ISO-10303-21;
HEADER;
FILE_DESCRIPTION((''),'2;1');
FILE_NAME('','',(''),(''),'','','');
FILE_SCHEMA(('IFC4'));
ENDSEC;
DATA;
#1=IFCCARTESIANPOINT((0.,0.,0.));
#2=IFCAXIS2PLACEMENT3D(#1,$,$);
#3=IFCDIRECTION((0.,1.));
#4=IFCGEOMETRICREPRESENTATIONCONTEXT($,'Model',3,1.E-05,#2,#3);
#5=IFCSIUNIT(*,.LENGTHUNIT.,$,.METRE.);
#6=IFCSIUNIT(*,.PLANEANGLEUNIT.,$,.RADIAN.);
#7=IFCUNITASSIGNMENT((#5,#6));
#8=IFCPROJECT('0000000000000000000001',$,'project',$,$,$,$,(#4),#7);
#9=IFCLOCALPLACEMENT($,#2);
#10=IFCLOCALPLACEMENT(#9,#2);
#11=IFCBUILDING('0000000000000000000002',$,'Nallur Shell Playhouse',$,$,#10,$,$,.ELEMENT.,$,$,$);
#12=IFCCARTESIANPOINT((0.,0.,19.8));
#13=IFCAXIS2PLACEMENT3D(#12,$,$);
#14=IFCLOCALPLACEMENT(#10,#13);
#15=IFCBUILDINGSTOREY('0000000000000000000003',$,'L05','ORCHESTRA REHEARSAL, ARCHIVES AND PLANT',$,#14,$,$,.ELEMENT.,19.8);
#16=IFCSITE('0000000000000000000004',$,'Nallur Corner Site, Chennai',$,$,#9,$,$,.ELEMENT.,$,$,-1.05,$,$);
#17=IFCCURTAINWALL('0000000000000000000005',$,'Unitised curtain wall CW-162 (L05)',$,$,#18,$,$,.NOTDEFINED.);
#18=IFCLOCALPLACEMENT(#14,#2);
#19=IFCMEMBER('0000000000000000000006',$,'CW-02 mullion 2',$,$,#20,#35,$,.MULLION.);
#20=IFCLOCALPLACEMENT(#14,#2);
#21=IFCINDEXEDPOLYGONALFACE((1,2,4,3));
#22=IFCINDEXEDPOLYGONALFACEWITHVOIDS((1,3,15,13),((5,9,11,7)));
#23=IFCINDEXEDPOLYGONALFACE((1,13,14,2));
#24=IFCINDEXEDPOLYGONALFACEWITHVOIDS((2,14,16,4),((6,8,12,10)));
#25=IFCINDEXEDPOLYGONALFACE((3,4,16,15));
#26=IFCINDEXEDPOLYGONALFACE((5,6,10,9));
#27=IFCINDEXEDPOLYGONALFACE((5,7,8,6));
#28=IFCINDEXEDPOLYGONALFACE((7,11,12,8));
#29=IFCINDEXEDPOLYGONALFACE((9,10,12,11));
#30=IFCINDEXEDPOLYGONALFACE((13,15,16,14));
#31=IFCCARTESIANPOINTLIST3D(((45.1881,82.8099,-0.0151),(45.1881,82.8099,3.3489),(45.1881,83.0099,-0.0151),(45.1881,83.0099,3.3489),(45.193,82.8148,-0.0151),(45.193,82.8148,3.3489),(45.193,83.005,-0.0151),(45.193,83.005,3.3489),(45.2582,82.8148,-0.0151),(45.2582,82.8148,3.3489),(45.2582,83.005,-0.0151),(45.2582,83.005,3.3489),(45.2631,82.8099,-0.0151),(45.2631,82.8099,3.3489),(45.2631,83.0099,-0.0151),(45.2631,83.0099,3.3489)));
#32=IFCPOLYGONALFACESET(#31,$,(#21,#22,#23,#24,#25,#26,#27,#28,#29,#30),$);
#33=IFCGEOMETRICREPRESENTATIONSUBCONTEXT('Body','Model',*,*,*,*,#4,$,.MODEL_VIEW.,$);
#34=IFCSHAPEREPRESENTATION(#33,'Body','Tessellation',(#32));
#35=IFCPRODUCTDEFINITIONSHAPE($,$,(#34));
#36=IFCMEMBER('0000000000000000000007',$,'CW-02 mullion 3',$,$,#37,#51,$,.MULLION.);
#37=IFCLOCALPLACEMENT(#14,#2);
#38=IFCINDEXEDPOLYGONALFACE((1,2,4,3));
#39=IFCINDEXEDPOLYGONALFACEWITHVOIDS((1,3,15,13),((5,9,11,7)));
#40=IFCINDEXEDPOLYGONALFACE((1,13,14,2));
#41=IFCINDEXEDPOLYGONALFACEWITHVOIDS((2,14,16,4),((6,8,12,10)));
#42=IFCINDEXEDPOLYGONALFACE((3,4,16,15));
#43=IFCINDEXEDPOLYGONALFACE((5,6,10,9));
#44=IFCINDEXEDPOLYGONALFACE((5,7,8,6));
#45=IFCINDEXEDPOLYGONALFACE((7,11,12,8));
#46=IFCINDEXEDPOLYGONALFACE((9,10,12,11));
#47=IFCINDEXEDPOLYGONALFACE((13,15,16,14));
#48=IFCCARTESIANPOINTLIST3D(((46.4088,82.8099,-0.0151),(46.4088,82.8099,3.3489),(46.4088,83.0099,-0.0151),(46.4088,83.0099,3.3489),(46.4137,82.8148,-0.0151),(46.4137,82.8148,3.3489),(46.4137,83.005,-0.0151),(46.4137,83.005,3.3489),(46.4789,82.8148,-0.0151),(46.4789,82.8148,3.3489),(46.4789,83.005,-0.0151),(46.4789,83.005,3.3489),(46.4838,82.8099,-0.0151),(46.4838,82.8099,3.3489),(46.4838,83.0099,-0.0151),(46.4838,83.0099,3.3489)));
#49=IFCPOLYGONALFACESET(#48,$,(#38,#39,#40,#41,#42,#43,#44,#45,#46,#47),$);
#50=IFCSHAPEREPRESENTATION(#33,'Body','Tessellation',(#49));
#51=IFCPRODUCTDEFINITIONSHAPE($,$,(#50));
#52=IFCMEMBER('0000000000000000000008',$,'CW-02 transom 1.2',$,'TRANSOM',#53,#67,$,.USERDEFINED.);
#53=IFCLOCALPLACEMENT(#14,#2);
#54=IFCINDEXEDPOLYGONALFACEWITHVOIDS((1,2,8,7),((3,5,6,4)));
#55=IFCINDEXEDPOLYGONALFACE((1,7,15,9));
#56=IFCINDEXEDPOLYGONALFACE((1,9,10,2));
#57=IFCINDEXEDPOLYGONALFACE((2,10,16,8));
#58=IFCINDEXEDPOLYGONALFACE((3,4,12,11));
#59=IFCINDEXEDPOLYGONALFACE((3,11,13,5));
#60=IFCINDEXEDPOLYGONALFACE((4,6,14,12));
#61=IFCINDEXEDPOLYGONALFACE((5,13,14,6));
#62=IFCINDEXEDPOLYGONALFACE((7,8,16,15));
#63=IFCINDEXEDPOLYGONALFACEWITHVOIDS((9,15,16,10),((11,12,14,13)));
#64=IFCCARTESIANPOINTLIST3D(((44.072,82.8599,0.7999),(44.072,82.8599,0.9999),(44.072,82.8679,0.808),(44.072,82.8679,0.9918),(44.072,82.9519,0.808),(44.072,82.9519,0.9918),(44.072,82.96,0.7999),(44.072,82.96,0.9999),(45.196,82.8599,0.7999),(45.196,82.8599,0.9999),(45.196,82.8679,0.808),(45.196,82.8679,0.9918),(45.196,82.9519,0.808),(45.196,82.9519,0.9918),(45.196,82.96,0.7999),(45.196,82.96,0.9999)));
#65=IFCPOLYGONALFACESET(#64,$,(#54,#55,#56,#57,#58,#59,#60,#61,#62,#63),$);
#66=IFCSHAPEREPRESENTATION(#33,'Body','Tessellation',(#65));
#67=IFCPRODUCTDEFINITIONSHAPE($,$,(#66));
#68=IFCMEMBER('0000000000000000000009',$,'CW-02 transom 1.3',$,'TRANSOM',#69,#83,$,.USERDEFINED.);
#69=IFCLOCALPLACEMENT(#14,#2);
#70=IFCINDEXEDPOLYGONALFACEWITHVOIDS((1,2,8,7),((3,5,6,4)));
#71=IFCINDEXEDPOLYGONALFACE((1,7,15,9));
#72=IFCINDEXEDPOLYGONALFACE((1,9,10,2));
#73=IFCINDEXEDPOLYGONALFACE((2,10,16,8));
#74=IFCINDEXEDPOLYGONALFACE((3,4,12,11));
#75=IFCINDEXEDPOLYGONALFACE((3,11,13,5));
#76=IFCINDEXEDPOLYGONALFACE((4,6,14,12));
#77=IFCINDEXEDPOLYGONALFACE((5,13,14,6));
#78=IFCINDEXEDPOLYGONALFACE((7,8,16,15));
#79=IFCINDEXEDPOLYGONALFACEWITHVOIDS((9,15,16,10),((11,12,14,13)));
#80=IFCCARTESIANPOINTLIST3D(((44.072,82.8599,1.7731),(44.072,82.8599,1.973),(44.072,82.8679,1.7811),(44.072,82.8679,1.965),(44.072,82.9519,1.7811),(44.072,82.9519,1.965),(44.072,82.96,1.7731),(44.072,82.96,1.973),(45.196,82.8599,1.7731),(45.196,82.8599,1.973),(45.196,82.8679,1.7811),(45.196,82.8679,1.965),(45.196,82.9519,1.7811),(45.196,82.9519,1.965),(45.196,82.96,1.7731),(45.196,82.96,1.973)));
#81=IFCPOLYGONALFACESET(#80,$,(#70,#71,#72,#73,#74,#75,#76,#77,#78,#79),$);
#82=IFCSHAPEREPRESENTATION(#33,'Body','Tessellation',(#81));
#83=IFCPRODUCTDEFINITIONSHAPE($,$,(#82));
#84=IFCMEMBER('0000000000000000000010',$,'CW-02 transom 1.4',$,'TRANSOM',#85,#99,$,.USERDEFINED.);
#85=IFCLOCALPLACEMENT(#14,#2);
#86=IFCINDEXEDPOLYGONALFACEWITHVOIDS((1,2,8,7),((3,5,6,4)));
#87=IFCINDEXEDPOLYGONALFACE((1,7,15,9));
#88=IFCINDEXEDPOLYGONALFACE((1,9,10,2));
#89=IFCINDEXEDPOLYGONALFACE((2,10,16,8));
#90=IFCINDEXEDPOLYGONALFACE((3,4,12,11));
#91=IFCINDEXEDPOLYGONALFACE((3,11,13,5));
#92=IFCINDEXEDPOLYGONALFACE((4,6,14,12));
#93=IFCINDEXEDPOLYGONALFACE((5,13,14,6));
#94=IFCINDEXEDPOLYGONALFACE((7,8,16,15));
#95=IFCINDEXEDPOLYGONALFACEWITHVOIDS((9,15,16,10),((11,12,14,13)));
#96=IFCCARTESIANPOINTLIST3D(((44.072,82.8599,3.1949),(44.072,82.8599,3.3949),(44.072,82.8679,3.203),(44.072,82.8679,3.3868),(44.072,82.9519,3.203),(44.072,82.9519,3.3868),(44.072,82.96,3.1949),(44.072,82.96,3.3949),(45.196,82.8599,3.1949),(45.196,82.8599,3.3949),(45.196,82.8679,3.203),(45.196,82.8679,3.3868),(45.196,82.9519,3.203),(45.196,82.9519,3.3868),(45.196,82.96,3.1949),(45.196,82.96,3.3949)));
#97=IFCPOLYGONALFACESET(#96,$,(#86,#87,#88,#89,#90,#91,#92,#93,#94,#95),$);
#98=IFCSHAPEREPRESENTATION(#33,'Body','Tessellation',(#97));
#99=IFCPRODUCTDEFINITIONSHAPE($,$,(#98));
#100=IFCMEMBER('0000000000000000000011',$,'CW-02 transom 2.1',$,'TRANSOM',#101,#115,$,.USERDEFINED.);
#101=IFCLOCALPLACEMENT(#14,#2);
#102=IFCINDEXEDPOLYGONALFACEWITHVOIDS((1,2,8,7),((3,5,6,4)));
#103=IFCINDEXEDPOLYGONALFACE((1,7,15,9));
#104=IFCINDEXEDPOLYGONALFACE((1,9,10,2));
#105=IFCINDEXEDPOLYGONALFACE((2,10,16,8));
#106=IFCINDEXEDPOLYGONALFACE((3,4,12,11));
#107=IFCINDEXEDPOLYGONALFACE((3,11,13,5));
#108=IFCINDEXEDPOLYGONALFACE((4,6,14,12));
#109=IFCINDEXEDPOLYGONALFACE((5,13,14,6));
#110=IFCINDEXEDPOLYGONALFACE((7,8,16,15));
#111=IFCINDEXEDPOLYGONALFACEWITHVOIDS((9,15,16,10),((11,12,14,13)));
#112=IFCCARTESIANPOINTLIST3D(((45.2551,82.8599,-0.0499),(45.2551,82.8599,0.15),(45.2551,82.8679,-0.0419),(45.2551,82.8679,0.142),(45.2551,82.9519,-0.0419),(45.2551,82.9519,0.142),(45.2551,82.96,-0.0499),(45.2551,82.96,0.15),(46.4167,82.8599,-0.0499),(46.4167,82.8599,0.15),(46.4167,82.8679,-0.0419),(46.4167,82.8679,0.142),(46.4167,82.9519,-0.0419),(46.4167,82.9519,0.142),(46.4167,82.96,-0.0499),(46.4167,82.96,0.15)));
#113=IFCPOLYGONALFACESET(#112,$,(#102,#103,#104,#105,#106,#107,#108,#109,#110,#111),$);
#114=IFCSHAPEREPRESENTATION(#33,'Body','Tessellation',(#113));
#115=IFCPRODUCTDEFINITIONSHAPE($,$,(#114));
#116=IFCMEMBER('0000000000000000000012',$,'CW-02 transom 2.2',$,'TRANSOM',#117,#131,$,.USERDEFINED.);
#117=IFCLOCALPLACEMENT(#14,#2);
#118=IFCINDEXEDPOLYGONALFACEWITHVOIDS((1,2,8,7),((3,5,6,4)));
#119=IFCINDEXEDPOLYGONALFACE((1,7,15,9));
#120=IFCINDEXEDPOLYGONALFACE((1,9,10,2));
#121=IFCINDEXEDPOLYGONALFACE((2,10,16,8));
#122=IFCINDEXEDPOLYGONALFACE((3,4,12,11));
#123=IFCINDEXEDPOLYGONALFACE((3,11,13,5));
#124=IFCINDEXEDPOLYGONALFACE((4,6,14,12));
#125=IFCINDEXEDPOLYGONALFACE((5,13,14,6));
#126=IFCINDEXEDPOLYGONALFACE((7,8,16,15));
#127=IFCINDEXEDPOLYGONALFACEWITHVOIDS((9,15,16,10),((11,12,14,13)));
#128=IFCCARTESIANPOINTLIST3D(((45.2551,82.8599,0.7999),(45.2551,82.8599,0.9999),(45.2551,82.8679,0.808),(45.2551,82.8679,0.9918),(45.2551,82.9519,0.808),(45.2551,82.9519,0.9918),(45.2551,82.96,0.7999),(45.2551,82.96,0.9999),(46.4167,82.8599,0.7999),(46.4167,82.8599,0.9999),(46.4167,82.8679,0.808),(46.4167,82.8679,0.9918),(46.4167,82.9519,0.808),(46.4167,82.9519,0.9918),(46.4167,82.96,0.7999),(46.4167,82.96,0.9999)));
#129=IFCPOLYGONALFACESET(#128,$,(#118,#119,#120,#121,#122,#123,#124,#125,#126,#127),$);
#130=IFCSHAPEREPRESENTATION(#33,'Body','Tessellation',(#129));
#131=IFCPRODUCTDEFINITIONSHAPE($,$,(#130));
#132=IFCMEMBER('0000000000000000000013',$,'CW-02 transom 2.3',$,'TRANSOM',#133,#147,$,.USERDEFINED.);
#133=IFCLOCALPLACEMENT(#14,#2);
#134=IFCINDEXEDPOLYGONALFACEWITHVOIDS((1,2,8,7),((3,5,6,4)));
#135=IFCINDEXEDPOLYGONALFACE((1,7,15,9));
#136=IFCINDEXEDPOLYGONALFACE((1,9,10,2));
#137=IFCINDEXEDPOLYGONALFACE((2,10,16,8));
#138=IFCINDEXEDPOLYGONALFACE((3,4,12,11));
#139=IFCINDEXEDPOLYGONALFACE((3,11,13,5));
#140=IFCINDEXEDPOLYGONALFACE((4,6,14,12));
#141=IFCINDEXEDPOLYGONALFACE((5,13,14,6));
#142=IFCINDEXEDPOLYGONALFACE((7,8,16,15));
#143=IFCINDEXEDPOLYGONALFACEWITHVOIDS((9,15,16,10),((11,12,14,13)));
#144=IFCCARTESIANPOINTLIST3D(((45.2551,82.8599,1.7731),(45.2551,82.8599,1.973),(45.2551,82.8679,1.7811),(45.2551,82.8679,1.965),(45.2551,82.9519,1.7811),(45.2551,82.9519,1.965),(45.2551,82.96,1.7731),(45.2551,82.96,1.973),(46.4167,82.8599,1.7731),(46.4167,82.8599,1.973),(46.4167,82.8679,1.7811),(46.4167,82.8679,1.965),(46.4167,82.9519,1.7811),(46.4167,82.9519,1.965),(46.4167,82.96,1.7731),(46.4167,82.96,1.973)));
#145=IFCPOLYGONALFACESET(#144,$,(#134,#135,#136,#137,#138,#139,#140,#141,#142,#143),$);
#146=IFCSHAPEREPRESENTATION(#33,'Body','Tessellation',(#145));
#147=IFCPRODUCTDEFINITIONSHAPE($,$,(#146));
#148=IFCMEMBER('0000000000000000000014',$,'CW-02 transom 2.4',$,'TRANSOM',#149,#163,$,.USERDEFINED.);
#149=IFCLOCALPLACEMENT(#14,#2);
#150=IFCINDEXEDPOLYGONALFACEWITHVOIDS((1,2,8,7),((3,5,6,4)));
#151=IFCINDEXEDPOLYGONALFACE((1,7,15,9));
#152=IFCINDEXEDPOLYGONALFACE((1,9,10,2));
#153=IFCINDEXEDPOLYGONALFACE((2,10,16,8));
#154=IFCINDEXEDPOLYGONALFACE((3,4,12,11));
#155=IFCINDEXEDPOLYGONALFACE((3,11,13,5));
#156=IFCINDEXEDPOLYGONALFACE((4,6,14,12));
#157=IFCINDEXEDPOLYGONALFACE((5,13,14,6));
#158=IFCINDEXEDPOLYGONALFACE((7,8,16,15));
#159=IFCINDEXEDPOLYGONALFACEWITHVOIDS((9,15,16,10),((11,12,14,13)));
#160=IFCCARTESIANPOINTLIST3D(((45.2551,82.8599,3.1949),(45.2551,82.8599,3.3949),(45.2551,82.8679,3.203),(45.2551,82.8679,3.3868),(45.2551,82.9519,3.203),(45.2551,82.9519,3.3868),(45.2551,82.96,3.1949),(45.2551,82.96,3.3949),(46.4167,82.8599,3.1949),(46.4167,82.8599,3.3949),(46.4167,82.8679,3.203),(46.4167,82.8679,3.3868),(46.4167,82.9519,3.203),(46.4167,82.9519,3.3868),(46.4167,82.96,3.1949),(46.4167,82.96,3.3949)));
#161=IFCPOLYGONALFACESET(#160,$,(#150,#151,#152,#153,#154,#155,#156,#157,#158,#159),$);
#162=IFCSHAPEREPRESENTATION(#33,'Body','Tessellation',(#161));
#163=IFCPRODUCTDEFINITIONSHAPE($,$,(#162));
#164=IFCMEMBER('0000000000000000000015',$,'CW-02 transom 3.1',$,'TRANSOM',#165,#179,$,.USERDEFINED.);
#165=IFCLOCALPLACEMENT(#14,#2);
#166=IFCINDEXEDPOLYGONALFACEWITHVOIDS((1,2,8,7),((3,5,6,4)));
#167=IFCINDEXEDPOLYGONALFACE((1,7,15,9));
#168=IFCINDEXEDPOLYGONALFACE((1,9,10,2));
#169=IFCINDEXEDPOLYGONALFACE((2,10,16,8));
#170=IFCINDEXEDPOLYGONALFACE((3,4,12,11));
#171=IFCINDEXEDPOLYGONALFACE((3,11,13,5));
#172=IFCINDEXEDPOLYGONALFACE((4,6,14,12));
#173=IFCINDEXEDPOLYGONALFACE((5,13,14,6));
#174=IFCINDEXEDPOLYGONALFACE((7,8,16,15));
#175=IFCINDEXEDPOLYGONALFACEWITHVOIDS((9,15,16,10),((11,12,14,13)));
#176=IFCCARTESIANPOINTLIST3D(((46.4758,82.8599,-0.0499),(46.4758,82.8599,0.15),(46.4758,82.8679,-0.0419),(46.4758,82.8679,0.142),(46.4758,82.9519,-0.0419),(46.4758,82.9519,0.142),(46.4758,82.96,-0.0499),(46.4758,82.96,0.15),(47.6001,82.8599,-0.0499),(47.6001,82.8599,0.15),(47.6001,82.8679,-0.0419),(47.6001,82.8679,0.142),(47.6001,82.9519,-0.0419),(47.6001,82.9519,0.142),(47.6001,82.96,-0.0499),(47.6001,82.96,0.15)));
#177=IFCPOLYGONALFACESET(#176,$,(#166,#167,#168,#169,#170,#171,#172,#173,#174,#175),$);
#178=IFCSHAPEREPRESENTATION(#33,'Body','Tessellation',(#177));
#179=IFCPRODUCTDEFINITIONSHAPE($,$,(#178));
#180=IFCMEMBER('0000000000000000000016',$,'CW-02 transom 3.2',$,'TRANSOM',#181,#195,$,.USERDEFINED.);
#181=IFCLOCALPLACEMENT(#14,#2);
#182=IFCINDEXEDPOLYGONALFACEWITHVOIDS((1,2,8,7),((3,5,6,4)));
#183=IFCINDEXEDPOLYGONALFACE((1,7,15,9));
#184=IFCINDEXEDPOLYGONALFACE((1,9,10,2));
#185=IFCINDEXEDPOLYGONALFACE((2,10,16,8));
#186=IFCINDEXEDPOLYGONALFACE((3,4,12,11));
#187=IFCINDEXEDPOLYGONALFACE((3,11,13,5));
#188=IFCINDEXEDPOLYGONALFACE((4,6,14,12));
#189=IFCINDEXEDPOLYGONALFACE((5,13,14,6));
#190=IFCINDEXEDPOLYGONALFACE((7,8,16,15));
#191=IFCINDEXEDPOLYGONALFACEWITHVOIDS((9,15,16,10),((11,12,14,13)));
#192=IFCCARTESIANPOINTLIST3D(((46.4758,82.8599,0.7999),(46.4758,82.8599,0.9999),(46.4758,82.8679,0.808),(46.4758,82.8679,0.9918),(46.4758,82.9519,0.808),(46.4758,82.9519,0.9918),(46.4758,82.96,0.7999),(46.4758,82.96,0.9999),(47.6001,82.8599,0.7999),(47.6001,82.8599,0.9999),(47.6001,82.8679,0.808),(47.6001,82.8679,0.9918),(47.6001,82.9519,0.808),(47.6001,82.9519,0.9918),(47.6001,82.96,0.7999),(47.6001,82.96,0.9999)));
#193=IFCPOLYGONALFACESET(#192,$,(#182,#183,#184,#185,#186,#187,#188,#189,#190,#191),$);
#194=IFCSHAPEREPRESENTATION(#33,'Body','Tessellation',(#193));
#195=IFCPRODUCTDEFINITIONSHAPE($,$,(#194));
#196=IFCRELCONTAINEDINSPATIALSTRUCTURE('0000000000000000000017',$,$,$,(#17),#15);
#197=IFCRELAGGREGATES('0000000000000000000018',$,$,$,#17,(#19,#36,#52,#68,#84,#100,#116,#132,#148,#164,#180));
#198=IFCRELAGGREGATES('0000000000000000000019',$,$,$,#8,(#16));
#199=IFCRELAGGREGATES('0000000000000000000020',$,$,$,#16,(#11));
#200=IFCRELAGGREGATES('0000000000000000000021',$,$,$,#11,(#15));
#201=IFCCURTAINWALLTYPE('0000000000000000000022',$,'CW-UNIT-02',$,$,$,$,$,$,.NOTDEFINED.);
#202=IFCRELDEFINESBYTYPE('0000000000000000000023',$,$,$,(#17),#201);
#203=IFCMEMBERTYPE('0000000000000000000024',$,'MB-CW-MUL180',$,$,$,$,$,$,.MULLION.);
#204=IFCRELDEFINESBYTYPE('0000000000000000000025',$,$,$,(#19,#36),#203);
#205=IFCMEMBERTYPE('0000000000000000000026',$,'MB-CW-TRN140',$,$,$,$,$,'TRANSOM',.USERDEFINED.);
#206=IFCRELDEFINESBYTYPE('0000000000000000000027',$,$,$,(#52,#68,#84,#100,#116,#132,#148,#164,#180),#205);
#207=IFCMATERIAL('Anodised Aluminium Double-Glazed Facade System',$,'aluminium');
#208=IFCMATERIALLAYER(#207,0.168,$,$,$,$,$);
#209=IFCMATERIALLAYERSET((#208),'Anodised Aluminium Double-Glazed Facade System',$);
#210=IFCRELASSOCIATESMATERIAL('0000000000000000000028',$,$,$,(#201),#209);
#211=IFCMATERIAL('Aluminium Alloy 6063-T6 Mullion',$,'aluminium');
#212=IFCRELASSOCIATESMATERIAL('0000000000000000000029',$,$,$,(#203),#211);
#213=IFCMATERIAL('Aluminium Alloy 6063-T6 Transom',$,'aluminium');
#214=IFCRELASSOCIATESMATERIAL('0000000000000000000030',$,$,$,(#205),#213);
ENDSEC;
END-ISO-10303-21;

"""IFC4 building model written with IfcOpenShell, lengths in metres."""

from ifc_helpers import new_model, si_unit, direction, frame, origin, origin_2d, place, context, subcontext, project, spatial, hollow_rectangle, extrude, material, layer, layer_set, material_profile, profile_set, type_object, element, aggregate, save


model = new_model("IFC4")

# Units and contexts
model_context = context("Model", 3, precision=1e-05, world=origin(), true_north=direction((0.0, 1.0)))
body_context = subcontext(model_context, "Body", "Model", "MODEL_VIEW")
ifc_project = project(units=[si_unit("LENGTHUNIT", "METRE"), si_unit("PLANEANGLEUNIT", "RADIAN")], contexts=[model_context])

# Site, building, storey
site_placement = place(None, origin())
site = spatial("IfcSite", under=ifc_project, at=site_placement, Name="Nallur Corner Site, Chennai", CompositionType="ELEMENT", RefElevation=-1.05)
building_placement = place(site_placement, origin())
building = spatial("IfcBuilding", under=site, at=building_placement, Name="Nallur Shell Playhouse", CompositionType="ELEMENT")
storey_placement = place(building_placement, frame((0.0, 0.0, 19.8)))
storey = spatial("IfcBuildingStorey", under=building, at=storey_placement, Name="L05", Description="ORCHESTRA REHEARSAL, ARCHIVES AND PLANT", CompositionType="ELEMENT", Elevation=19.8)

# Curtain wall, members
ifc_material_1 = material(Name="Anodised Aluminium Double-Glazed Facade System", Category="aluminium")
ifc_layer_1 = layer(ifc_material_1, 0.168)
ifc_layer_set_1 = layer_set([ifc_layer_1], Name="Anodised Aluminium Double-Glazed Facade System")
curtain_wall_type = type_object("IfcCurtainWallType", Name="CW-UNIT-02", PredefinedType="NOTDEFINED", material=ifc_layer_set_1)
curtain_wall_placement = place(storey_placement, origin())
curtain_wall = element("IfcCurtainWall", 1, at=curtain_wall_placement, inside=storey, type_object=curtain_wall_type, Name="Unitised curtain wall CW-162 (L05)", PredefinedType="NOTDEFINED")
ifc_material_2 = material(Name="Aluminium Alloy 6063-T6 Mullion", Category="aluminium")
ifc_material_profile_1 = material_profile(ifc_material_2, hollow_rectangle(XDim=0.075, YDim=0.2, WallThickness=0.0049, at=origin_2d()), Name="ALU 75x200x5")
ifc_profile_set_1 = profile_set([ifc_material_profile_1], Name="Aluminium Alloy 6063-T6 Mullion")
member_type_1 = type_object("IfcMemberType", Name="MB-CW-MUL180", PredefinedType="MULLION", material=ifc_profile_set_1)
member_1_placement = place(storey_placement, frame((45.2256, 82.9099, -0.0151), z_axis=(0.0, 0.0, 1.0), x_axis=(1.0, 0.0, 0.0)))
member_1 = element("IfcMember", 2, at=member_1_placement, type_object=member_type_1, Name="CW-02 mullion 2", PredefinedType="MULLION", context=body_context, shape_type="SweptSolid", body=[
    extrude(hollow_rectangle(XDim=0.075, YDim=0.2, WallThickness=0.0049, at=origin_2d()), origin(), (0.0, 0.0, 1.0), 3.364),
])
member_2_placement = place(storey_placement, frame((46.4463, 82.9099, -0.0151), z_axis=(0.0, 0.0, 1.0), x_axis=(1.0, 0.0, 0.0)))
member_2 = element("IfcMember", 3, at=member_2_placement, type_object=member_type_1, Name="CW-02 mullion 3", PredefinedType="MULLION", context=body_context, shape_type="SweptSolid", body=[
    extrude(hollow_rectangle(XDim=0.075, YDim=0.2, WallThickness=0.0049, at=origin_2d()), origin(), (0.0, 0.0, 1.0), 3.364),
])
ifc_material_3 = material(Name="Aluminium Alloy 6063-T6 Transom", Category="aluminium")
ifc_material_profile_2 = material_profile(ifc_material_3, hollow_rectangle(XDim=0.1001, YDim=0.2, WallThickness=0.0081, at=origin_2d()), Name="RHS 200x100x8")
ifc_profile_set_2 = profile_set([ifc_material_profile_2], Name="Aluminium Alloy 6063-T6 Transom")
member_type_2 = type_object("IfcMemberType", Name="MB-CW-TRN140", ElementType="TRANSOM", PredefinedType="USERDEFINED", material=ifc_profile_set_2)
member_3_placement = place(storey_placement, frame((44.072, 82.9099, 0.8999), z_axis=(1.0, 0.0, 0.0), x_axis=(0.0, 1.0, 0.0)))
member_3 = element("IfcMember", 4, at=member_3_placement, type_object=member_type_2, Name="CW-02 transom 1.2", ObjectType="TRANSOM", PredefinedType="USERDEFINED", context=body_context, shape_type="SweptSolid", body=[
    extrude(hollow_rectangle(XDim=0.1001, YDim=0.2, WallThickness=0.0081, at=origin_2d()), origin(), (0.0, 0.0, 1.0), 1.124),
])
member_4_placement = place(storey_placement, frame((44.072, 82.9099, 1.873), z_axis=(1.0, 0.0, 0.0), x_axis=(0.0, 1.0, 0.0)))
member_4 = element("IfcMember", 5, at=member_4_placement, type_object=member_type_2, Name="CW-02 transom 1.3", ObjectType="TRANSOM", PredefinedType="USERDEFINED", context=body_context, shape_type="SweptSolid", body=[
    extrude(hollow_rectangle(XDim=0.1001, YDim=0.2, WallThickness=0.0081, at=origin_2d()), origin(), (0.0, 0.0, 1.0), 1.124),
])
member_5_placement = place(storey_placement, frame((44.072, 82.9099, 3.2949), z_axis=(1.0, 0.0, 0.0), x_axis=(0.0, 1.0, 0.0)))
member_5 = element("IfcMember", 6, at=member_5_placement, type_object=member_type_2, Name="CW-02 transom 1.4", ObjectType="TRANSOM", PredefinedType="USERDEFINED", context=body_context, shape_type="SweptSolid", body=[
    extrude(hollow_rectangle(XDim=0.1001, YDim=0.2, WallThickness=0.0081, at=origin_2d()), origin(), (0.0, 0.0, 1.0), 1.124),
])
member_6_placement = place(storey_placement, frame((45.2551, 82.9099, 0.05), z_axis=(1.0, 0.0, 0.0), x_axis=(0.0, 1.0, 0.0)))
member_6 = element("IfcMember", 7, at=member_6_placement, type_object=member_type_2, Name="CW-02 transom 2.1", ObjectType="TRANSOM", PredefinedType="USERDEFINED", context=body_context, shape_type="SweptSolid", body=[
    extrude(hollow_rectangle(XDim=0.1001, YDim=0.2, WallThickness=0.0081, at=origin_2d()), origin(), (0.0, 0.0, 1.0), 1.1616),
])
member_7_placement = place(storey_placement, frame((45.2551, 82.9099, 0.8999), z_axis=(1.0, 0.0, 0.0), x_axis=(0.0, 1.0, 0.0)))
member_7 = element("IfcMember", 8, at=member_7_placement, type_object=member_type_2, Name="CW-02 transom 2.2", ObjectType="TRANSOM", PredefinedType="USERDEFINED", context=body_context, shape_type="SweptSolid", body=[
    extrude(hollow_rectangle(XDim=0.1001, YDim=0.2, WallThickness=0.0081, at=origin_2d()), origin(), (0.0, 0.0, 1.0), 1.1616),
])
member_8_placement = place(storey_placement, frame((45.2551, 82.9099, 1.873), z_axis=(1.0, 0.0, 0.0), x_axis=(0.0, 1.0, 0.0)))
member_8 = element("IfcMember", 9, at=member_8_placement, type_object=member_type_2, Name="CW-02 transom 2.3", ObjectType="TRANSOM", PredefinedType="USERDEFINED", context=body_context, shape_type="SweptSolid", body=[
    extrude(hollow_rectangle(XDim=0.1001, YDim=0.2, WallThickness=0.0081, at=origin_2d()), origin(), (0.0, 0.0, 1.0), 1.1616),
])
member_9_placement = place(storey_placement, frame((45.2551, 82.9099, 3.2949), z_axis=(1.0, 0.0, 0.0), x_axis=(0.0, 1.0, 0.0)))
member_9 = element("IfcMember", 10, at=member_9_placement, type_object=member_type_2, Name="CW-02 transom 2.4", ObjectType="TRANSOM", PredefinedType="USERDEFINED", context=body_context, shape_type="SweptSolid", body=[
    extrude(hollow_rectangle(XDim=0.1001, YDim=0.2, WallThickness=0.0081, at=origin_2d()), origin(), (0.0, 0.0, 1.0), 1.1616),
])
member_10_placement = place(storey_placement, frame((46.4758, 82.9099, 0.05), z_axis=(1.0, 0.0, 0.0), x_axis=(0.0, 1.0, 0.0)))
member_10 = element("IfcMember", 11, at=member_10_placement, type_object=member_type_2, Name="CW-02 transom 3.1", ObjectType="TRANSOM", PredefinedType="USERDEFINED", context=body_context, shape_type="SweptSolid", body=[
    extrude(hollow_rectangle(XDim=0.1001, YDim=0.2, WallThickness=0.0081, at=origin_2d()), origin(), (0.0, 0.0, 1.0), 1.1243),
])
member_11_placement = place(storey_placement, frame((46.4758, 82.9099, 0.8999), z_axis=(1.0, 0.0, 0.0), x_axis=(0.0, 1.0, 0.0)))
member_11 = element("IfcMember", 12, at=member_11_placement, type_object=member_type_2, Name="CW-02 transom 3.2", ObjectType="TRANSOM", PredefinedType="USERDEFINED", context=body_context, shape_type="SweptSolid", body=[
    extrude(hollow_rectangle(XDim=0.1001, YDim=0.2, WallThickness=0.0081, at=origin_2d()), origin(), (0.0, 0.0, 1.0), 1.1243),
])
aggregate(curtain_wall, [member_1, member_2, member_3, member_4, member_5, member_6, member_7, member_8, member_9, member_10, member_11])

save(model, "model.ifc")
